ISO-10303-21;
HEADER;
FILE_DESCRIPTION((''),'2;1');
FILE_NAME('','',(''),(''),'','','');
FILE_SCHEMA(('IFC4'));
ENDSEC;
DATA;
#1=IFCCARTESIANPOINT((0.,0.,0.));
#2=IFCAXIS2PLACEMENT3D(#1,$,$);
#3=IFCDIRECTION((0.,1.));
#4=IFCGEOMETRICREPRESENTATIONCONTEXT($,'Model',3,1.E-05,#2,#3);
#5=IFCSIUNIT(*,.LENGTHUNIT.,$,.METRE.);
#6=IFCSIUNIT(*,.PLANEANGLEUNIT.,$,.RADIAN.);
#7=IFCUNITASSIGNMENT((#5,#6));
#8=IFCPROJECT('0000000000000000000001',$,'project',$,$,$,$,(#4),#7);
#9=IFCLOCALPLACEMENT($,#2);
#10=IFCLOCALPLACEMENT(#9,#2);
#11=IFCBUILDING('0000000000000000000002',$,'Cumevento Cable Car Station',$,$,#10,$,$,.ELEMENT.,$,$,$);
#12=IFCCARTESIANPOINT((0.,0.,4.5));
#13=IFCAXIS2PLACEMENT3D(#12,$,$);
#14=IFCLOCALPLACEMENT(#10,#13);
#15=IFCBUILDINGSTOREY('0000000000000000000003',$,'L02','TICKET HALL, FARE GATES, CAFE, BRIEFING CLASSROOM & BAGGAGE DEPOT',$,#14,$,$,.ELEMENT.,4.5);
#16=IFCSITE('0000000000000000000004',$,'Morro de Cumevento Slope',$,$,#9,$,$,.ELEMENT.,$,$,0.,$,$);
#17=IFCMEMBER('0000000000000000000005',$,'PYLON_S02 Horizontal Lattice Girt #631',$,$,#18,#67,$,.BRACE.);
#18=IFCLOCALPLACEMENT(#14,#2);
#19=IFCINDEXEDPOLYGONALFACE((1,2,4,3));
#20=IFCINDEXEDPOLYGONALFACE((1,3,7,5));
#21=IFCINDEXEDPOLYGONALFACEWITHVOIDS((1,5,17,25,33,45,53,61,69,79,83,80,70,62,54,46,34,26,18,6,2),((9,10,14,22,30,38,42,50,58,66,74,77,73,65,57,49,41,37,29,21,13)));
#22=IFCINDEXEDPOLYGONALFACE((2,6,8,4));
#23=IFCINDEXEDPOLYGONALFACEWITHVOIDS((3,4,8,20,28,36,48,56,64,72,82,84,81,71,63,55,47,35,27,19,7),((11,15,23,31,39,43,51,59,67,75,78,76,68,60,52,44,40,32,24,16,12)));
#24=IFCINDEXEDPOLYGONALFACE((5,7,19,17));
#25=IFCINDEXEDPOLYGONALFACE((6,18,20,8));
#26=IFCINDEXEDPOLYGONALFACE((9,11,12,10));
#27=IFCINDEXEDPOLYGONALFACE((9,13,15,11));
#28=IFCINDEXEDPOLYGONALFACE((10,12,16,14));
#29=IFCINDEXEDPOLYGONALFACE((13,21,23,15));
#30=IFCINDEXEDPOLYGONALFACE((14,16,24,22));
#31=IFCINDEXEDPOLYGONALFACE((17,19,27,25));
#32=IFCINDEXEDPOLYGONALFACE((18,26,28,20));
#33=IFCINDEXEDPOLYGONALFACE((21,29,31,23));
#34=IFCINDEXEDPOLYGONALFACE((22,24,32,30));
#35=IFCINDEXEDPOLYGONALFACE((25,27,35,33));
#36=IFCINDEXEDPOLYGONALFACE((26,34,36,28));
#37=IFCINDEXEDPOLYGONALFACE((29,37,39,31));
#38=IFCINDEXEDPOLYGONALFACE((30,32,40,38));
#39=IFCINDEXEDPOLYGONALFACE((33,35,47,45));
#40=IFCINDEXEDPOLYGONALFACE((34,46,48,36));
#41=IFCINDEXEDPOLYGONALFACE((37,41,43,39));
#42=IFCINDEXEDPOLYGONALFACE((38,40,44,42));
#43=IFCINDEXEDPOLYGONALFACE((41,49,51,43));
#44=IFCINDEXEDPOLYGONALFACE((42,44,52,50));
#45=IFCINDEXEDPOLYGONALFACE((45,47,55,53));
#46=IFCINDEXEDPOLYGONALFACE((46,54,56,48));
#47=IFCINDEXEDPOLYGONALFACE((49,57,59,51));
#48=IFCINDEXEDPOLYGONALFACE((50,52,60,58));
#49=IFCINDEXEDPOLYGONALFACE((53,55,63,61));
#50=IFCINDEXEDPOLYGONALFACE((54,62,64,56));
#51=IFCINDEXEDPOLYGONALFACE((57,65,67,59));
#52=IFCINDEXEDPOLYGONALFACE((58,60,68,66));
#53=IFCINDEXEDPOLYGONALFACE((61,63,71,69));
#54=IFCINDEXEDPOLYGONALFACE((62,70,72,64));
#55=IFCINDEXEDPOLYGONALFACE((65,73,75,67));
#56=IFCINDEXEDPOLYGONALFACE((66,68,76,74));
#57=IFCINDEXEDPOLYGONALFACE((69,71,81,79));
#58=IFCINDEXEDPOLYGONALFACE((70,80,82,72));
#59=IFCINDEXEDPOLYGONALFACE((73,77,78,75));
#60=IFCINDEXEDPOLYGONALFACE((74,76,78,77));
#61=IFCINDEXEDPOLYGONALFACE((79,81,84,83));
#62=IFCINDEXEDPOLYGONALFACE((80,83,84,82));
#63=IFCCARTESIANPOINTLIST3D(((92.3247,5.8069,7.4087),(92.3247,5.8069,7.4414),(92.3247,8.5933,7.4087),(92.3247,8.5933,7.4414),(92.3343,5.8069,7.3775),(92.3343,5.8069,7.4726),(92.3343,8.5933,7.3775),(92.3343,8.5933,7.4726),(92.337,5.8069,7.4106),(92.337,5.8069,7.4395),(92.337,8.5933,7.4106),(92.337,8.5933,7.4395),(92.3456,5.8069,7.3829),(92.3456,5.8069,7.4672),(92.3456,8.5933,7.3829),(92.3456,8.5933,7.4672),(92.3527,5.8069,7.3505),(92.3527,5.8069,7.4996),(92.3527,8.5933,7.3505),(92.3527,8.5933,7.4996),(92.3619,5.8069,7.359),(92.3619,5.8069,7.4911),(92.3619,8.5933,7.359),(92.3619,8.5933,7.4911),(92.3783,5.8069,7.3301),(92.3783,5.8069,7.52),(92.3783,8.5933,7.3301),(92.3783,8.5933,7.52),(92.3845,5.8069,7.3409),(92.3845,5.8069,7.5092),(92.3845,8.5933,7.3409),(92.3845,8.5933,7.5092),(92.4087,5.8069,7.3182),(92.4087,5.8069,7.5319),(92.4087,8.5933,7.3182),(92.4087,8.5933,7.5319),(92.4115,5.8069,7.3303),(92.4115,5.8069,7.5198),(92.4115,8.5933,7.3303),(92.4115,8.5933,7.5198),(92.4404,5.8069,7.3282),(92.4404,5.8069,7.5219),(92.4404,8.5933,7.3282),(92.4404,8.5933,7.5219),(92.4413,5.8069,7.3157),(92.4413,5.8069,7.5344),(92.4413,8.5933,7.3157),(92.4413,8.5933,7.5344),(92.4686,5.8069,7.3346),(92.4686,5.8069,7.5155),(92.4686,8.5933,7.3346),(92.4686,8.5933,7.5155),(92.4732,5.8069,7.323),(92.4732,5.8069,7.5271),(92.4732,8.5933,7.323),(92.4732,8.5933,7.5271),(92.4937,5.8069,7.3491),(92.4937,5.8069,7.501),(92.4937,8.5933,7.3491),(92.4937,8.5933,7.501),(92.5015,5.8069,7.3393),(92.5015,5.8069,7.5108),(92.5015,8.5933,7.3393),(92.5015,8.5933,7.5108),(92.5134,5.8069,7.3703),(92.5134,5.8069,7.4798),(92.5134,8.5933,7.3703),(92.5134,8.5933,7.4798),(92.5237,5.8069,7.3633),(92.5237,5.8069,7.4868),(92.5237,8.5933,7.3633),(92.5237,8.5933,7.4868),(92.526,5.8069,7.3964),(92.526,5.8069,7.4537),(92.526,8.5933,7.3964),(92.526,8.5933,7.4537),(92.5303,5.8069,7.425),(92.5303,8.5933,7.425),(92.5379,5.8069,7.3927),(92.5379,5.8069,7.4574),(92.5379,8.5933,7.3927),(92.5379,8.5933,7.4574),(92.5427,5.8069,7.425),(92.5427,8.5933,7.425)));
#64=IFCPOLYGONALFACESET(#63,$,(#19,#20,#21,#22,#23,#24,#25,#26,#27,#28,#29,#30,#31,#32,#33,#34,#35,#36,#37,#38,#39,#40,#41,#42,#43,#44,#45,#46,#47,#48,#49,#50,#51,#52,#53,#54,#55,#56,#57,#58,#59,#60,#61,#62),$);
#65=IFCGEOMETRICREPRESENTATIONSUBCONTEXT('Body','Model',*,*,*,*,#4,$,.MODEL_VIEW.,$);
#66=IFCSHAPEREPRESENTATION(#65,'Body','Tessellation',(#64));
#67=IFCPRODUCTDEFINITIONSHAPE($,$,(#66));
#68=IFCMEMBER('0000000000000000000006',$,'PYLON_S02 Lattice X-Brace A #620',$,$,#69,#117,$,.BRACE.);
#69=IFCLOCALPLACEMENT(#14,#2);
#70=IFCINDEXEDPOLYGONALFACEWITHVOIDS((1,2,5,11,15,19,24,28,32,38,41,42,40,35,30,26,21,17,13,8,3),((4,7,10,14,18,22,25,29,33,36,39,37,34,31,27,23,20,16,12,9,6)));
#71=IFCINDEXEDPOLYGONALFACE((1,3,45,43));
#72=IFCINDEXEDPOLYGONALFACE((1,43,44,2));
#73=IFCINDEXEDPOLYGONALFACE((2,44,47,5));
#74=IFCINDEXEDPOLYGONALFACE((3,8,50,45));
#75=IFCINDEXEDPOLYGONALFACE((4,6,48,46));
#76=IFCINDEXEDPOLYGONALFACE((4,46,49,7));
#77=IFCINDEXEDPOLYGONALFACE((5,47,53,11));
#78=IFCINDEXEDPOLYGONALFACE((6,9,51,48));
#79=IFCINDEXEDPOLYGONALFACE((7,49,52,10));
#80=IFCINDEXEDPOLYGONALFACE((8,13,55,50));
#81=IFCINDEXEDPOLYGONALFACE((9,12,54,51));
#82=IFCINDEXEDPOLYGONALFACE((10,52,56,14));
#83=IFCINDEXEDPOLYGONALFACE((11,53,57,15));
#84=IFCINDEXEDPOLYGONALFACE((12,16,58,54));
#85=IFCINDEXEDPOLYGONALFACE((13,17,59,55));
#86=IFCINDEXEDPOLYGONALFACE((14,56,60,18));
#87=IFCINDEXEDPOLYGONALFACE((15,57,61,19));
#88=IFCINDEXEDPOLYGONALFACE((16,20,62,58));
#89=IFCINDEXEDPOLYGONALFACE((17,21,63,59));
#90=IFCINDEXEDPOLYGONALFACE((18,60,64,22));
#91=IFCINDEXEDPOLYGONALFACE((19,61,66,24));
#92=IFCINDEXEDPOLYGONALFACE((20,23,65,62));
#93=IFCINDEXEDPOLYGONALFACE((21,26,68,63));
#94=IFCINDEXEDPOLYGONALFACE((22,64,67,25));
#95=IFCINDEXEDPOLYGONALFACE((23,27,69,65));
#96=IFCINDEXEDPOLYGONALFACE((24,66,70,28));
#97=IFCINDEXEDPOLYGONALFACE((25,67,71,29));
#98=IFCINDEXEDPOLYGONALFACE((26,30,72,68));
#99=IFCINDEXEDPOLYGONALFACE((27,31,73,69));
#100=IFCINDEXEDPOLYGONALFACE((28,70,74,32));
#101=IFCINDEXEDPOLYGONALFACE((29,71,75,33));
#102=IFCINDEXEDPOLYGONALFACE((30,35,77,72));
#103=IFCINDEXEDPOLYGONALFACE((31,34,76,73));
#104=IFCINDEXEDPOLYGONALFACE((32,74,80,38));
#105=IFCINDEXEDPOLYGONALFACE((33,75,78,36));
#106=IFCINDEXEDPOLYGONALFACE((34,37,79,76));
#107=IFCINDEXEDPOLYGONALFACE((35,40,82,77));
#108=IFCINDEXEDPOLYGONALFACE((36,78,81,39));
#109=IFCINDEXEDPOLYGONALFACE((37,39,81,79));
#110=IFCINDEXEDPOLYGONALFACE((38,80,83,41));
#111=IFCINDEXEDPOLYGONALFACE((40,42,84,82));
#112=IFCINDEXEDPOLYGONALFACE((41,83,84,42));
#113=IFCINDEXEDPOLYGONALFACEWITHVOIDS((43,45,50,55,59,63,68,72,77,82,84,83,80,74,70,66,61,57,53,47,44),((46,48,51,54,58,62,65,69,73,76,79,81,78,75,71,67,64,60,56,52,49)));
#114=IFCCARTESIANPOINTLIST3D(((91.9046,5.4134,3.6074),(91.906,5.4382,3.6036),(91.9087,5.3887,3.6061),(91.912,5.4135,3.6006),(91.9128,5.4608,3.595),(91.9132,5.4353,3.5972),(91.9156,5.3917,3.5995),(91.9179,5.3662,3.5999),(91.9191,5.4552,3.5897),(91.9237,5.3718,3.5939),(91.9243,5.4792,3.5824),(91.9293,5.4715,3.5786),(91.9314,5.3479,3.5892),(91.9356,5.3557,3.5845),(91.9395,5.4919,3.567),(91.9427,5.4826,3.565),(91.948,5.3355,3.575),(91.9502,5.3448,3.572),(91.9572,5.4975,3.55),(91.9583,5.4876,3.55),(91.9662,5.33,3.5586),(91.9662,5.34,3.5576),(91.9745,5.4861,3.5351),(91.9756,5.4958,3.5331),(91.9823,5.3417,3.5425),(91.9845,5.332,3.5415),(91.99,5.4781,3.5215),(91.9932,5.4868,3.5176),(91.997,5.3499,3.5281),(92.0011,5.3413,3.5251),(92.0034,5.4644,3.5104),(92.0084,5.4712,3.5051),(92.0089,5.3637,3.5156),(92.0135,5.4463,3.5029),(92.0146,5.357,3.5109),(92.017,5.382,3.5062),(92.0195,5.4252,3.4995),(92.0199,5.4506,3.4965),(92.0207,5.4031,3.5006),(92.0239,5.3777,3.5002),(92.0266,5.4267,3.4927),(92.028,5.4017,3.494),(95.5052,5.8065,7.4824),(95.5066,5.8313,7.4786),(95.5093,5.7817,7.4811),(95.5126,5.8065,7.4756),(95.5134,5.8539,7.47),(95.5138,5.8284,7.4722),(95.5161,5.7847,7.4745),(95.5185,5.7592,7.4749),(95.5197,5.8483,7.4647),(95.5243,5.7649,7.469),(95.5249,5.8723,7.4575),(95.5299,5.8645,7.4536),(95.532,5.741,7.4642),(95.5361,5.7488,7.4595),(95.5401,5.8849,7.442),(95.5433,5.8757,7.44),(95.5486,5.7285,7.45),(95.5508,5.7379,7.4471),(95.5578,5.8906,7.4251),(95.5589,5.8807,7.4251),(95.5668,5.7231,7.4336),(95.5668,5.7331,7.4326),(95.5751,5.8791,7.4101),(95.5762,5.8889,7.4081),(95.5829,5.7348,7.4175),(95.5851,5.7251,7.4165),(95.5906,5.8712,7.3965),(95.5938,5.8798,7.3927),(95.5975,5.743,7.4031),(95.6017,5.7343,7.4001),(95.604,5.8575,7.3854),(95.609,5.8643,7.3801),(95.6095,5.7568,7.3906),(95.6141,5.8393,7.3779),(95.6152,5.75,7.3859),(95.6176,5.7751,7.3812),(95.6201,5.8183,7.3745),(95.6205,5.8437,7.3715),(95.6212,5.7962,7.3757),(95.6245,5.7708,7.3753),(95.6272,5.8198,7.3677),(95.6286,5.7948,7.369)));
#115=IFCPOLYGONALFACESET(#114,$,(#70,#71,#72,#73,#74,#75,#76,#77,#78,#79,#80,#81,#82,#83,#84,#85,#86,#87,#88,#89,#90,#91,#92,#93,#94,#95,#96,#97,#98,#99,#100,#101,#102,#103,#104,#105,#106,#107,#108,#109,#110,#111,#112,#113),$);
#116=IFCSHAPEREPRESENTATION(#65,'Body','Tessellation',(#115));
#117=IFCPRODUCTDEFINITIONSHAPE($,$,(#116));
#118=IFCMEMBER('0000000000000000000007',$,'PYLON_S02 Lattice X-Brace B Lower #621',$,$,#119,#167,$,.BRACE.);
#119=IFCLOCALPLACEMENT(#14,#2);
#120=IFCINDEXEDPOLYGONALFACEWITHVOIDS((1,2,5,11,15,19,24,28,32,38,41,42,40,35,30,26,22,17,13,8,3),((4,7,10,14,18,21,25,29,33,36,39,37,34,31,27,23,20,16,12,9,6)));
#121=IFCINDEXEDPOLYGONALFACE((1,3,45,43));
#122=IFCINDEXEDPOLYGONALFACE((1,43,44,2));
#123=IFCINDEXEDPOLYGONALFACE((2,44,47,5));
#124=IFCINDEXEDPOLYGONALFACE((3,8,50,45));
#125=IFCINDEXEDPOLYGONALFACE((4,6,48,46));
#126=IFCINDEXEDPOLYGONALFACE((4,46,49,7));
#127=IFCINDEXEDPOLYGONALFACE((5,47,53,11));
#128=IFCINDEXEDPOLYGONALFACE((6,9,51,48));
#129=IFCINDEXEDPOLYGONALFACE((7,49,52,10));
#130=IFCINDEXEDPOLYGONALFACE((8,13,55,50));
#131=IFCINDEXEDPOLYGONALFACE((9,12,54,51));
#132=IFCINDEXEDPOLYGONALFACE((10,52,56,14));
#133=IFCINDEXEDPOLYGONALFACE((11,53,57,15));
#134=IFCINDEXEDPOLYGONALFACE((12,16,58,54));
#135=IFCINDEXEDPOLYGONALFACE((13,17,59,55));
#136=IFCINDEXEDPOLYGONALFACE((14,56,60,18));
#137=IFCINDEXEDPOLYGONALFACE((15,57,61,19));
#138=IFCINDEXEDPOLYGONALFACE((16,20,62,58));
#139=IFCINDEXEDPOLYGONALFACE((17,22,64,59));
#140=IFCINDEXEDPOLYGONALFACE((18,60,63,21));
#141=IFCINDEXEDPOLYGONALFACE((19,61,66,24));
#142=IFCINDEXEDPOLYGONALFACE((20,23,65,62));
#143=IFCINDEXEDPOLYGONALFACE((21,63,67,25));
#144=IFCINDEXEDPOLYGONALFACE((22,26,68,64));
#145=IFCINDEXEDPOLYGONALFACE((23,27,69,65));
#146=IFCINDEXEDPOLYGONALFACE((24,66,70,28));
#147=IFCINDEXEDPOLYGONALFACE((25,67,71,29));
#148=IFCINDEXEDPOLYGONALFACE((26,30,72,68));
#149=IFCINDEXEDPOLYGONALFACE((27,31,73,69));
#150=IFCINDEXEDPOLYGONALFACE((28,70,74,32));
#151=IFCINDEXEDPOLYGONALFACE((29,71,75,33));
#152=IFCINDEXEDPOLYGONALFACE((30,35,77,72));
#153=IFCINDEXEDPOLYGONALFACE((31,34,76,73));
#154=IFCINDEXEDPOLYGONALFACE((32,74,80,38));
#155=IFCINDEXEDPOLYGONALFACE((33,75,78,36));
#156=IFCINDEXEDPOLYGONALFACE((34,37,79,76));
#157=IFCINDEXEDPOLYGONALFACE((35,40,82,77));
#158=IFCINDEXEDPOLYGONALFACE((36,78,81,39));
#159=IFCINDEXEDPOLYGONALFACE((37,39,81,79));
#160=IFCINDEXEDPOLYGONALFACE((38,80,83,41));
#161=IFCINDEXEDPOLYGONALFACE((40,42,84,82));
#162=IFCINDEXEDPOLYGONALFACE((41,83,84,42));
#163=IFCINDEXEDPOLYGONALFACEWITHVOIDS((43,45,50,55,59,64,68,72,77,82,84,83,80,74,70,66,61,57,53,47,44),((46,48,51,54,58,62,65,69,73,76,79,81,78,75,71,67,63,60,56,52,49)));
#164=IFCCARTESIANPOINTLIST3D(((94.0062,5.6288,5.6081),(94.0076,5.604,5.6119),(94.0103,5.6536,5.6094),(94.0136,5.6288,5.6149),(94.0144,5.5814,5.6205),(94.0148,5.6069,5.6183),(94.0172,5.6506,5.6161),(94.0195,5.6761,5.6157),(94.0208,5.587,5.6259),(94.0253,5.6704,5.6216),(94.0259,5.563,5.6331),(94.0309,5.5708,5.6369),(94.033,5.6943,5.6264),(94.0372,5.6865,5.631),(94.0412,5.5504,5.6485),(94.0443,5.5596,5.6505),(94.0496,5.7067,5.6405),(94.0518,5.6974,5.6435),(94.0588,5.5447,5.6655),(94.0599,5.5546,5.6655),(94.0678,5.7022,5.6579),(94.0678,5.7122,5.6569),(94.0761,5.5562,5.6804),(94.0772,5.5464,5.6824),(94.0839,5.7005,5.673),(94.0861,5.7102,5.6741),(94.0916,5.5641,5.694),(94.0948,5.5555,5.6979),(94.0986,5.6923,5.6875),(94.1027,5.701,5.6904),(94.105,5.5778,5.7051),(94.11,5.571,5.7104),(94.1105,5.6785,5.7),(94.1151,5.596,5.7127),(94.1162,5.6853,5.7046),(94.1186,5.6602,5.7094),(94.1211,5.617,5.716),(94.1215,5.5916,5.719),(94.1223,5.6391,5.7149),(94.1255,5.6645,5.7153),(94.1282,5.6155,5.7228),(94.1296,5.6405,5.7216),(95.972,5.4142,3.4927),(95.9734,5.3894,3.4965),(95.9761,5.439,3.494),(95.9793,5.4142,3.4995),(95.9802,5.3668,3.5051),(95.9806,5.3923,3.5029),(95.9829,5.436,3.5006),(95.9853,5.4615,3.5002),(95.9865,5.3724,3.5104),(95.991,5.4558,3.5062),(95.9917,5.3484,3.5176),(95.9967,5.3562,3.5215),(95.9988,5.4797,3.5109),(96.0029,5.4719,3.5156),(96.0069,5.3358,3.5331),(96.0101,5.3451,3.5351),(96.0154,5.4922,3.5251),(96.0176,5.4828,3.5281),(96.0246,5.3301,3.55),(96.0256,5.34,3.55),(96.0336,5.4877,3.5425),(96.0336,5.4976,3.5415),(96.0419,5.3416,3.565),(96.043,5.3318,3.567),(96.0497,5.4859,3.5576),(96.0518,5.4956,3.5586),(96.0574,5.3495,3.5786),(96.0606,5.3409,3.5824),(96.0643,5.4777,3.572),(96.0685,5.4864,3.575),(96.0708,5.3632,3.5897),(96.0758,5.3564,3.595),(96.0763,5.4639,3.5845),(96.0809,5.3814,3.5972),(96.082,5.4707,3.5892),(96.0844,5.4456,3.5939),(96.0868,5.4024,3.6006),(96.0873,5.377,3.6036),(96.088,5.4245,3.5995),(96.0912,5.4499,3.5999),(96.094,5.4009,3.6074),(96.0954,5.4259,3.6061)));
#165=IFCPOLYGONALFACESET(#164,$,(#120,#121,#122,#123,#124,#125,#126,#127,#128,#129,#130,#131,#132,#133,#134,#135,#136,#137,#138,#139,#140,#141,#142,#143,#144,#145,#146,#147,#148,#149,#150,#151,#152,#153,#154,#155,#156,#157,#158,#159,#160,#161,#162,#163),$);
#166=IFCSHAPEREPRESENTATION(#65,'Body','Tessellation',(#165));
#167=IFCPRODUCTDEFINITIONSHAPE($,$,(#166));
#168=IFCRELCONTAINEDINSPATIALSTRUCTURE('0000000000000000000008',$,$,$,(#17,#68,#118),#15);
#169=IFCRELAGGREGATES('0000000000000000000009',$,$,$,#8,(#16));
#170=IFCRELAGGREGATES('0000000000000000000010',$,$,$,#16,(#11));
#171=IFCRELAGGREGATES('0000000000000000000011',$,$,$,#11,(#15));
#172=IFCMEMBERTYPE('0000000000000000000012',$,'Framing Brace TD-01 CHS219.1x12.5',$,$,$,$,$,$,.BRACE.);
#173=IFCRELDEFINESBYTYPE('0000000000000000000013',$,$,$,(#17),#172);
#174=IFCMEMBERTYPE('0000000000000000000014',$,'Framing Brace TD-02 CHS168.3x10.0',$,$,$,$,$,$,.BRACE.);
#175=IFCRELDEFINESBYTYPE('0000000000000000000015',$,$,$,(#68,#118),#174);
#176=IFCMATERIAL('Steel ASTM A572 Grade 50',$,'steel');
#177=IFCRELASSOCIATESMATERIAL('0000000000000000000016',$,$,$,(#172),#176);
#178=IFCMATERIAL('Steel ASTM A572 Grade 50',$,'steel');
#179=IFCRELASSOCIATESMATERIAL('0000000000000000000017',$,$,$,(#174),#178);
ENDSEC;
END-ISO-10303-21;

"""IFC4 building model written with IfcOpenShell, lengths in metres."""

from ifc_helpers import new_model, si_unit, direction, frame, origin, origin_2d, place, context, subcontext, project, spatial, hollow_circle, extrude, material, material_profile, profile_set, type_object, element, save


model = new_model("IFC4")

# Units and contexts
model_context = context("Model", 3, precision=1e-05, world=origin(), true_north=direction((0.0, 1.0)))
body_context = subcontext(model_context, "Body", "Model", "MODEL_VIEW")
ifc_project = project(units=[si_unit("LENGTHUNIT", "METRE"), si_unit("PLANEANGLEUNIT", "RADIAN")], contexts=[model_context])

# Site, building, storey
site_placement = place(None, origin())
site = spatial("IfcSite", under=ifc_project, at=site_placement, Name="Morro de Cumevento Slope", CompositionType="ELEMENT", RefElevation=0.0)
building_placement = place(site_placement, origin())
building = spatial("IfcBuilding", under=site, at=building_placement, Name="Cumevento Cable Car Station", CompositionType="ELEMENT")
storey_placement = place(building_placement, frame((0.0, 0.0, 4.5)))
storey = spatial("IfcBuildingStorey", under=building, at=storey_placement, Name="L02", Description="TICKET HALL, FARE GATES, CAFE, BRIEFING CLASSROOM & BAGGAGE DEPOT", CompositionType="ELEMENT", Elevation=4.5)

# Members
ifc_material_1 = material(Name="Steel ASTM A572 Grade 50", Category="steel")
ifc_material_profile_1 = material_profile(ifc_material_1, hollow_circle(Radius=0.1096, WallThickness=0.0125, at=origin_2d()), Name="CHS219.1x12.5")
ifc_profile_set_1 = profile_set([ifc_material_profile_1], Name="Steel ASTM A572 Grade 50")
member_type_1 = type_object("IfcMemberType", Name="Framing Brace TD-01 CHS219.1x12.5", PredefinedType="BRACE", material=ifc_profile_set_1)
member_1_placement = place(storey_placement, frame((92.4331, 8.5933, 7.425), z_axis=(0.0, -1.0, 0.0), x_axis=(1.0, 0.0, 0.0)))
element("IfcMember", 1, at=member_1_placement, inside=storey, type_object=member_type_1, Name="PYLON_S02 Horizontal Lattice Girt #631", PredefinedType="BRACE", context=body_context, shape_type="SweptSolid", body=[
    extrude(hollow_circle(Radius=0.1096, WallThickness=0.0125, at=origin_2d()), origin(), (0.0, 0.0, 1.0), 2.7864),
])
ifc_material_2 = material(Name="Steel ASTM A572 Grade 50", Category="steel")
ifc_material_profile_2 = material_profile(ifc_material_2, hollow_circle(Radius=0.0842, WallThickness=0.01, at=origin_2d()), Name="CHS168.3x10.0")
ifc_profile_set_2 = profile_set([ifc_material_profile_2], Name="Steel ASTM A572 Grade 50")
member_type_2 = type_object("IfcMemberType", Name="Framing Brace TD-02 CHS168.3x10.0", PredefinedType="BRACE", material=ifc_profile_set_2)
member_2_placement = place(storey_placement, frame((91.9663, 5.4138, 3.55), z_axis=(0.67882, 0.074105, 0.730556), x_axis=(-0.108523, 0.994094, 0.0)))
element("IfcMember", 2, at=member_2_placement, inside=storey, type_object=member_type_2, Name="PYLON_S02 Lattice X-Brace A #620", PredefinedType="BRACE", context=body_context, shape_type="SweptSolid", body=[
    extrude(hollow_circle(Radius=0.0842, WallThickness=0.01, at=origin_2d()), origin(), (0.0, 0.0, 1.0), 5.3042),
])
member_3_placement = place(storey_placement, frame((96.0337, 5.4138, 3.55), z_axis=(-0.678848, 0.074107, 0.730529), x_axis=(-0.108521, -0.994094, 0.0)))
element("IfcMember", 3, at=member_3_placement, inside=storey, type_object=member_type_2, Name="PYLON_S02 Lattice X-Brace B Lower #621", PredefinedType="BRACE", context=body_context, shape_type="SweptSolid", body=[
    extrude(hollow_circle(Radius=0.0842, WallThickness=0.01, at=origin_2d()), origin(), (0.0, 0.0, 1.0), 2.8958),
])

save(model, "model.ifc")
